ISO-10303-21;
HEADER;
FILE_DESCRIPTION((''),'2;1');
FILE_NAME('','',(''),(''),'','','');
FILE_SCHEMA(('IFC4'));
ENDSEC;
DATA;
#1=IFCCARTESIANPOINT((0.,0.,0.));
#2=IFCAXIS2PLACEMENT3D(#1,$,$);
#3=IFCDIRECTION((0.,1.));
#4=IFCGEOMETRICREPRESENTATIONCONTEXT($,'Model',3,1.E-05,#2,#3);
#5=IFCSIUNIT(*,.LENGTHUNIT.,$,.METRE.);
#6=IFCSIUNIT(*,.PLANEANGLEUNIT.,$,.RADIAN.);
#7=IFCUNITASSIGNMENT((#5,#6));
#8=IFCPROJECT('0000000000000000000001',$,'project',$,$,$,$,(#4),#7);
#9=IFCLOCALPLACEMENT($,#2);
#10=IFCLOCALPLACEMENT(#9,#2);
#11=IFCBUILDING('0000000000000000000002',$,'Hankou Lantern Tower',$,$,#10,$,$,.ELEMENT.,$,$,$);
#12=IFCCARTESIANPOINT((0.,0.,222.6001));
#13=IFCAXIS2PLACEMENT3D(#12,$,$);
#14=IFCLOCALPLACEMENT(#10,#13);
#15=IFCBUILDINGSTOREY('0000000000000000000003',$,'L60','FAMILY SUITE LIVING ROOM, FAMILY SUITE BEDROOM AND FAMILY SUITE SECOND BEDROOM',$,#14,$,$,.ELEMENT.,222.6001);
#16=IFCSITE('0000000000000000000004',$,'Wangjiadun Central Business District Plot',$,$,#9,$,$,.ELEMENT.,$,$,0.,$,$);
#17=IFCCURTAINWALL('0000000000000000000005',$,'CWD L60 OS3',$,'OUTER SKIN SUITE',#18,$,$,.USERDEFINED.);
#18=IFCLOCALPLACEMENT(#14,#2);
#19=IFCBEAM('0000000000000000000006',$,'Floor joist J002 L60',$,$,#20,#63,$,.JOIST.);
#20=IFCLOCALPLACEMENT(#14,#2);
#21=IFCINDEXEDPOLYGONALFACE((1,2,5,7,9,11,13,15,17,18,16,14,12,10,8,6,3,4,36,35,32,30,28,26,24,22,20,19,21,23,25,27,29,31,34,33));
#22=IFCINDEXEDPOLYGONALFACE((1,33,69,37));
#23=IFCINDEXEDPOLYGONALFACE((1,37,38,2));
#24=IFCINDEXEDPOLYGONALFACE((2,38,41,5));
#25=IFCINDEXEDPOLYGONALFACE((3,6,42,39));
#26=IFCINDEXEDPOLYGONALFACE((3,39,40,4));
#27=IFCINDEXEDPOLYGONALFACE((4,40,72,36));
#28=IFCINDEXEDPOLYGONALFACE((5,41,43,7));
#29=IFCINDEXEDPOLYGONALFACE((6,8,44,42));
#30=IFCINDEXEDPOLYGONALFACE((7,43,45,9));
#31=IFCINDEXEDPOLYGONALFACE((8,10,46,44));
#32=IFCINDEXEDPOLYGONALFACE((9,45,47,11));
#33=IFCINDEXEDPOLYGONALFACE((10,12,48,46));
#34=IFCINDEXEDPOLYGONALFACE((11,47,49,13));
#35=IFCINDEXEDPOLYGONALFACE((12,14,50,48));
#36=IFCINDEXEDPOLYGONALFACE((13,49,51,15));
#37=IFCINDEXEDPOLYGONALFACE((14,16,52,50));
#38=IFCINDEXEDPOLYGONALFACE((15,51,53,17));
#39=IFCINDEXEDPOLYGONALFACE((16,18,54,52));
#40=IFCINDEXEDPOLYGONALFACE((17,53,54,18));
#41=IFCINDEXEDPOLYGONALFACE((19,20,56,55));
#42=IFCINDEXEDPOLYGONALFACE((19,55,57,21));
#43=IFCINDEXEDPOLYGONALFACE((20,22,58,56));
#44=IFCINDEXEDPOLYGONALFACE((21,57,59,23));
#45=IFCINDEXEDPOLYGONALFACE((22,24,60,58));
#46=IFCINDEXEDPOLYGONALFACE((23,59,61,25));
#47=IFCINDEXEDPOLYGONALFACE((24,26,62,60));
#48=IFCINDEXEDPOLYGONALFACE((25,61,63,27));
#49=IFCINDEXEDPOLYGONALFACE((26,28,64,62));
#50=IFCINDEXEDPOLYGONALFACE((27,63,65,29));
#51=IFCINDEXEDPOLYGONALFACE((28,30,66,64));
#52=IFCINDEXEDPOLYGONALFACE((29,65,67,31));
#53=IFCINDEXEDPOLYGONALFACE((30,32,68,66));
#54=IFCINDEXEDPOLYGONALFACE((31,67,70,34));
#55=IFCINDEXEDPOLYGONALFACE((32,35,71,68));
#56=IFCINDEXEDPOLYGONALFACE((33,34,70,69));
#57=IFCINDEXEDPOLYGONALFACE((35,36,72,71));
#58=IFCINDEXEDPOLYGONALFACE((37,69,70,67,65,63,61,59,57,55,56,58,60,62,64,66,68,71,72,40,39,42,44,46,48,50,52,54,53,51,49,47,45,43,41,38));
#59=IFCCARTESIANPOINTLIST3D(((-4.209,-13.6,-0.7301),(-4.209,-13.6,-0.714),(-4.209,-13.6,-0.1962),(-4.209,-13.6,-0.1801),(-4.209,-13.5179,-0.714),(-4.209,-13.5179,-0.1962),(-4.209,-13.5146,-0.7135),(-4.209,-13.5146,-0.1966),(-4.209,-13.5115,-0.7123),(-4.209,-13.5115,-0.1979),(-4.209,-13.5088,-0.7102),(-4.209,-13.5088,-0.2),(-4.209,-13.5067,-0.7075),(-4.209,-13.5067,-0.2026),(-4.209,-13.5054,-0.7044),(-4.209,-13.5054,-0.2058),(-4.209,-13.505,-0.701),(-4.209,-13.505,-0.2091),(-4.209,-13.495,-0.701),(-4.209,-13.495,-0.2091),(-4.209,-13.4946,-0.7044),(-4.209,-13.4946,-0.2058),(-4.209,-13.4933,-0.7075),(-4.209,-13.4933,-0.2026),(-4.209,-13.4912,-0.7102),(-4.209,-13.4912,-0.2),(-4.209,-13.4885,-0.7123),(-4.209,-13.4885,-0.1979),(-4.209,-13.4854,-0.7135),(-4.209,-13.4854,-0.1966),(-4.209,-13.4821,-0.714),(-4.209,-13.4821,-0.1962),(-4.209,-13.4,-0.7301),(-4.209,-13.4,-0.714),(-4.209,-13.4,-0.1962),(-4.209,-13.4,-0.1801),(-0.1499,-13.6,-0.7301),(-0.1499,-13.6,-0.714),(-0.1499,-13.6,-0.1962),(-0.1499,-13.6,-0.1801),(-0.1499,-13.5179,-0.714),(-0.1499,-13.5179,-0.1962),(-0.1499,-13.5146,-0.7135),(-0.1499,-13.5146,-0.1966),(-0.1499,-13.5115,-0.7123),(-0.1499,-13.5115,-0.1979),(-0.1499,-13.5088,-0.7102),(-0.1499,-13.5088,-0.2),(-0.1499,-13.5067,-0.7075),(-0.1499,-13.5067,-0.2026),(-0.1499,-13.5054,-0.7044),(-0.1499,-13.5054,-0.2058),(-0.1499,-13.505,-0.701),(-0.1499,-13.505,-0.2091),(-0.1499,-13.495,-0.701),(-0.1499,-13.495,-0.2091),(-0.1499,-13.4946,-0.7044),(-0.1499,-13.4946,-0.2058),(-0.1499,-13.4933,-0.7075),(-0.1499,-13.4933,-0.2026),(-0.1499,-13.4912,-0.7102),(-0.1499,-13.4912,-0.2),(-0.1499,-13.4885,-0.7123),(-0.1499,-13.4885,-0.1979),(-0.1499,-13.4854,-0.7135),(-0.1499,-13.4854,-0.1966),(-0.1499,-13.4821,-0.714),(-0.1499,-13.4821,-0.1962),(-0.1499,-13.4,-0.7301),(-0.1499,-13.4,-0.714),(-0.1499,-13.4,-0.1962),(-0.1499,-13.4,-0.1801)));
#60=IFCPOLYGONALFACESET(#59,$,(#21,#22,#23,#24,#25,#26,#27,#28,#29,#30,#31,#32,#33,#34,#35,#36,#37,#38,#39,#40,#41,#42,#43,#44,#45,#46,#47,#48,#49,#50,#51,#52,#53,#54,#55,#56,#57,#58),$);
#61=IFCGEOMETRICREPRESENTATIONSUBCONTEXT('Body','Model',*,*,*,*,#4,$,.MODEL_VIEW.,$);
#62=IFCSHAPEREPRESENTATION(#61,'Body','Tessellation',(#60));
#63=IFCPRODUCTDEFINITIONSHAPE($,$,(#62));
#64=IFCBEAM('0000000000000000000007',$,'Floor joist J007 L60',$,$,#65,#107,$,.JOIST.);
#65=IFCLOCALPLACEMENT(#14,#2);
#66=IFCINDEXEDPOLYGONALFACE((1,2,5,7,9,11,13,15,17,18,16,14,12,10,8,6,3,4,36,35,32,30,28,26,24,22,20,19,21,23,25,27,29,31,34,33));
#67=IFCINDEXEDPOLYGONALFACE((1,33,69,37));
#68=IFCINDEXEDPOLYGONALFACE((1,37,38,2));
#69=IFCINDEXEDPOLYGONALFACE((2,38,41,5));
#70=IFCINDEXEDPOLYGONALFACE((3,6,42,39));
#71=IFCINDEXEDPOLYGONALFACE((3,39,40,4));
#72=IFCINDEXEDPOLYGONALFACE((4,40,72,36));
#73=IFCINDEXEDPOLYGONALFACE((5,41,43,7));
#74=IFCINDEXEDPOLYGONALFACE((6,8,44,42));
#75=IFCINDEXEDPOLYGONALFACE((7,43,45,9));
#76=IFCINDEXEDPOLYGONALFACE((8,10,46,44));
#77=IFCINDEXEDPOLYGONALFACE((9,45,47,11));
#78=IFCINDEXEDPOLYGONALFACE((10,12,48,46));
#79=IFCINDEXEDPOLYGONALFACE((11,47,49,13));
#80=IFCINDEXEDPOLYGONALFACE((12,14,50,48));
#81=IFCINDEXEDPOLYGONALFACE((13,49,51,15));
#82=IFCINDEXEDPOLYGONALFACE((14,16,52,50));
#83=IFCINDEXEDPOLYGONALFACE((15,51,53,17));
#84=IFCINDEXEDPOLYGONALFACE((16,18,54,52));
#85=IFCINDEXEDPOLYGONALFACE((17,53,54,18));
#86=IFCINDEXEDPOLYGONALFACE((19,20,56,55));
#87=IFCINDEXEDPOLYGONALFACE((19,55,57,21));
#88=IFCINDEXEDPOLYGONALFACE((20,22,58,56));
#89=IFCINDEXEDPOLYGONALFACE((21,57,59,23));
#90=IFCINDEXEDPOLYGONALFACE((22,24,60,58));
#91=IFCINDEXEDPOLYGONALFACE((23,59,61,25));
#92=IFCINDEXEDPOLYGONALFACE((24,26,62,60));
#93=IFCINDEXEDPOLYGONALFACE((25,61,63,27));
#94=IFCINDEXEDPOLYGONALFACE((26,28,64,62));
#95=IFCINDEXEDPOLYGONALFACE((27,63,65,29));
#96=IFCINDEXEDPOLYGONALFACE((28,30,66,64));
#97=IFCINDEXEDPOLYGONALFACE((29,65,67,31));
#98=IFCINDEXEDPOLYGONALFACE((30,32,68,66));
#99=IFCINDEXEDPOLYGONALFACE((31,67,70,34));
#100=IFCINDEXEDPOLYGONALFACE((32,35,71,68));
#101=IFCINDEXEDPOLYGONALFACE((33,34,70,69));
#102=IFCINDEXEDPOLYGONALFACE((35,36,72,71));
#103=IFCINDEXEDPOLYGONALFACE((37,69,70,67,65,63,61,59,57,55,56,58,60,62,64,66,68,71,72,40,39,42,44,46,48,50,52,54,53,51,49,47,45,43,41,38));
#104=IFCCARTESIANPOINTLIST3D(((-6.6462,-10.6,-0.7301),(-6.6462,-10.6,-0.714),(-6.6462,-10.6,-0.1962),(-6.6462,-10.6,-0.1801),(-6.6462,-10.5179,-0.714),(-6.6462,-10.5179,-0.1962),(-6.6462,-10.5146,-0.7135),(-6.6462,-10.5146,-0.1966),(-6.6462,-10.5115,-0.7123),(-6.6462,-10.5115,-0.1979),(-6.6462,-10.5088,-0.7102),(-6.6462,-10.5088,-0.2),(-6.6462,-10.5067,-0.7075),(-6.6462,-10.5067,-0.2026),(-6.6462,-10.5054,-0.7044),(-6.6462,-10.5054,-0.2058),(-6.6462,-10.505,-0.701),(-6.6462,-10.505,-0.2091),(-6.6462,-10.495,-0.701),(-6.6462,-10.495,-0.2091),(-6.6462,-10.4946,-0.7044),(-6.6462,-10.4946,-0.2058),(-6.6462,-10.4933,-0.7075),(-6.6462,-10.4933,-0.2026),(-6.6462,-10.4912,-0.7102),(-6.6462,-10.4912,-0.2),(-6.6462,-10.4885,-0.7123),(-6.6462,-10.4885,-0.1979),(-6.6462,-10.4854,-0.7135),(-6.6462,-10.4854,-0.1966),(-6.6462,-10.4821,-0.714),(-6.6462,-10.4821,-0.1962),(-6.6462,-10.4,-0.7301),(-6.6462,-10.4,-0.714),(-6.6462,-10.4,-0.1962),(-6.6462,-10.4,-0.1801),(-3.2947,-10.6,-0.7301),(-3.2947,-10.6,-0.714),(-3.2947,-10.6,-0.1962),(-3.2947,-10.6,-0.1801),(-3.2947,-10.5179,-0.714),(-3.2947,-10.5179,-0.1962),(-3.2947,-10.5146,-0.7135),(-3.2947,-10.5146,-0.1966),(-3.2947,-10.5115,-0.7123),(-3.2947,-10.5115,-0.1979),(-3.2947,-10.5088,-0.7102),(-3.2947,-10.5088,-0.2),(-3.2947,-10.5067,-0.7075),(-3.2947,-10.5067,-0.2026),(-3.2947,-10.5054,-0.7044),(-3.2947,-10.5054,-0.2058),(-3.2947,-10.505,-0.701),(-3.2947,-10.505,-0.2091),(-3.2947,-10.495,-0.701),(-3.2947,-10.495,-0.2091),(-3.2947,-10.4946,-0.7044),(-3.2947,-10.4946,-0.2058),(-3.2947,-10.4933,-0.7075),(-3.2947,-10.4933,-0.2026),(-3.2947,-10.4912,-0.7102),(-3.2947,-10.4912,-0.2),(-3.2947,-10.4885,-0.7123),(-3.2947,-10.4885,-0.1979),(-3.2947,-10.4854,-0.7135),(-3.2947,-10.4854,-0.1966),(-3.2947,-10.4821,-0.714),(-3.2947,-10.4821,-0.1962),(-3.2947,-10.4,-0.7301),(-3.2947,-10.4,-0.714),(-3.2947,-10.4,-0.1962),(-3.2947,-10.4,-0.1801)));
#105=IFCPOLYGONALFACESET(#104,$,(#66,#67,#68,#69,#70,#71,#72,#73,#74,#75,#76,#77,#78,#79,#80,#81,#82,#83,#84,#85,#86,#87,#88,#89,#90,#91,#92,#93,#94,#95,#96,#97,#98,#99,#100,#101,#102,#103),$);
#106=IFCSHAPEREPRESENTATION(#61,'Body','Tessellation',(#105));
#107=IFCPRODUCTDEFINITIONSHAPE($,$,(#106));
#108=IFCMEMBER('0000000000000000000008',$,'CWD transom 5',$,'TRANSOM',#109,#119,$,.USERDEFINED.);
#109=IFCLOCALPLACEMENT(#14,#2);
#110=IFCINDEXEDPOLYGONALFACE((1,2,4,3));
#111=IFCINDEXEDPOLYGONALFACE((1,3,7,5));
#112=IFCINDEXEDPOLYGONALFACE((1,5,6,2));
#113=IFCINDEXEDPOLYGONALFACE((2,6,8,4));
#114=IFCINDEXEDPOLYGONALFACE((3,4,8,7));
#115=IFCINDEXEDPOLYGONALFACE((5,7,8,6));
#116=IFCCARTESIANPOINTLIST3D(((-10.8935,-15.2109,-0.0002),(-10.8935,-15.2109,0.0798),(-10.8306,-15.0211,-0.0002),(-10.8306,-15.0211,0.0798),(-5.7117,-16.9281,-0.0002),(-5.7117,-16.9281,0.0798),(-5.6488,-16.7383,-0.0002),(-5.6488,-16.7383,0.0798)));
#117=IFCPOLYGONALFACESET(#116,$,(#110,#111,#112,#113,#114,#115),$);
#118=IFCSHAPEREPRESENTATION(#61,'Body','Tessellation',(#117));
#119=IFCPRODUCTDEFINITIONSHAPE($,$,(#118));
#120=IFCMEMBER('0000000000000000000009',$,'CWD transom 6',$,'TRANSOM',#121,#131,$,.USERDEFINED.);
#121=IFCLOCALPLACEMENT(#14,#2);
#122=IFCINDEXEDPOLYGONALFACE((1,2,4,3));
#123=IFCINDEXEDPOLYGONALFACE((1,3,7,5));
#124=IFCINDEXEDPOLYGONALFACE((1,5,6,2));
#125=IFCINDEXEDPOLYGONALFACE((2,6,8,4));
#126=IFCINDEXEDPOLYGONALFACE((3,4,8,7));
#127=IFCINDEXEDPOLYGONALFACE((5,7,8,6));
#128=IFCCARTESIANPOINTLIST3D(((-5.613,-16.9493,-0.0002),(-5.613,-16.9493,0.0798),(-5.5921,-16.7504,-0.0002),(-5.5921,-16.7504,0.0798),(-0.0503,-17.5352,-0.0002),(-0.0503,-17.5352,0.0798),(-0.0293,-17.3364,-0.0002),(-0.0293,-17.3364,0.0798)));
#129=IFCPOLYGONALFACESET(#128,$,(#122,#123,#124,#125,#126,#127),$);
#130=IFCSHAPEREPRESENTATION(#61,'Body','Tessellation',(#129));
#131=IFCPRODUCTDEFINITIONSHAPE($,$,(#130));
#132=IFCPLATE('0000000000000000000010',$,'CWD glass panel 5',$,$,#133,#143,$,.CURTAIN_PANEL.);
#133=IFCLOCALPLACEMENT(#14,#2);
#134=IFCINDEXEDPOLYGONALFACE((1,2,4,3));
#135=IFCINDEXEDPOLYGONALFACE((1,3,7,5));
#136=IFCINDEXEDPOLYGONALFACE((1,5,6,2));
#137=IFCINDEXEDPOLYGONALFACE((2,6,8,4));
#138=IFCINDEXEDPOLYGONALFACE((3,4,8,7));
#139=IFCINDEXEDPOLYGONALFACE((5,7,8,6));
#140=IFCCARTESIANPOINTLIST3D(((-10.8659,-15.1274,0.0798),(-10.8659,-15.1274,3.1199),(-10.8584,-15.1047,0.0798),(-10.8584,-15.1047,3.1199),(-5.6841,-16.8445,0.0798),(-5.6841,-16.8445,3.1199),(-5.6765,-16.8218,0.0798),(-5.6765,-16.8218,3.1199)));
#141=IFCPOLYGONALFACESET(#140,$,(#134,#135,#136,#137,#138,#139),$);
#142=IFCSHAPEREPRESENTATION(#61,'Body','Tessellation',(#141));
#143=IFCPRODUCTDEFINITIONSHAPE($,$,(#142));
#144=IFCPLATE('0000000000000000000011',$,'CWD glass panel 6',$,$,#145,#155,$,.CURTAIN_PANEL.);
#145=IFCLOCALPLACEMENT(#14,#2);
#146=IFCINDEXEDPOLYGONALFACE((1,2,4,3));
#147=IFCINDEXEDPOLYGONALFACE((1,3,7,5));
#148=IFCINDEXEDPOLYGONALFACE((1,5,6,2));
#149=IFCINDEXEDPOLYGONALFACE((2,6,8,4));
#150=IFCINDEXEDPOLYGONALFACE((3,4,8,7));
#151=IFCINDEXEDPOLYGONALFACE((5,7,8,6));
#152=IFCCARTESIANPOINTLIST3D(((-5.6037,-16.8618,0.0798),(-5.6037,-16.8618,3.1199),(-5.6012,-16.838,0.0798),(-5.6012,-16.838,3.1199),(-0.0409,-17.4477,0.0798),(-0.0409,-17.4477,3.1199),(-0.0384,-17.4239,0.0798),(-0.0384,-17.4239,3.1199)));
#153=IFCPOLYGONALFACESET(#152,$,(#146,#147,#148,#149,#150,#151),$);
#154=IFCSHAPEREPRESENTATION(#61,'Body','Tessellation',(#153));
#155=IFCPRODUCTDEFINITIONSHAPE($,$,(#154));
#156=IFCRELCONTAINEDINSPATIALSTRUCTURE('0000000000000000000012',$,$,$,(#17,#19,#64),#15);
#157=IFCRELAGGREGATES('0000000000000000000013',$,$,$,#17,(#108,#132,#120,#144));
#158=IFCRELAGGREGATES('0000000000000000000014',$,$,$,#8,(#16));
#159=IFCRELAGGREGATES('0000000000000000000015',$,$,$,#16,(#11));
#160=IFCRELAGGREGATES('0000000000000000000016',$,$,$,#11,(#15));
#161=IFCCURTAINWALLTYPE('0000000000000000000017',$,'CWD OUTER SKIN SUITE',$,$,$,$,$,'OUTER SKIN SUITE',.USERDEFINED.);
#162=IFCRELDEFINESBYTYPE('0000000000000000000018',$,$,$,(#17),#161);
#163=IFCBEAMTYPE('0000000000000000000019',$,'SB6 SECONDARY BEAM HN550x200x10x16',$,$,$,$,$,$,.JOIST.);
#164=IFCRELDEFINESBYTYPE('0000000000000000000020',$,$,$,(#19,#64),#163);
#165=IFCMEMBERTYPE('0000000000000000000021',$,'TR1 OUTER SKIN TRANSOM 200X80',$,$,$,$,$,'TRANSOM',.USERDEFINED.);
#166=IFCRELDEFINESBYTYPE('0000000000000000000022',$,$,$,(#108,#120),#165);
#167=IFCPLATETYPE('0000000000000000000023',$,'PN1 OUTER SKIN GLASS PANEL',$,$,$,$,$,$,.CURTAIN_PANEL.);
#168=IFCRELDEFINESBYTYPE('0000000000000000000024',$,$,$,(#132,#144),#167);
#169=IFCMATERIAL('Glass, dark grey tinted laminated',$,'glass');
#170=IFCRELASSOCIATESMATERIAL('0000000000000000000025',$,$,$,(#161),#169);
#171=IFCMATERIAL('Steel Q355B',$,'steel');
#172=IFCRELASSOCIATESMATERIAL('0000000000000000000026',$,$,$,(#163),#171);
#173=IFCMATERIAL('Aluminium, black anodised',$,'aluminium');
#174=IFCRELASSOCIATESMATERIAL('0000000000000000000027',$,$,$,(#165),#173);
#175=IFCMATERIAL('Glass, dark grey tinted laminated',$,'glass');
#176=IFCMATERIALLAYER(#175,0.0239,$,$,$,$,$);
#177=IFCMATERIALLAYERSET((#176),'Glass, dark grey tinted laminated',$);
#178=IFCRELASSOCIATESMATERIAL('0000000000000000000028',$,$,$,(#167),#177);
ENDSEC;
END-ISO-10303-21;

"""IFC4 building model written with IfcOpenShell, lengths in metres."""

from ifc_helpers import new_model, si_unit, direction, frame, origin, origin_2d, place, context, subcontext, project, spatial, rectangle, i_section, extrude, material, layer, layer_set, material_profile, profile_set, type_object, element, aggregate, save


model = new_model("IFC4")

# Units and contexts
model_context = context("Model", 3, precision=1e-05, world=origin(), true_north=direction((0.0, 1.0)))
body_context = subcontext(model_context, "Body", "Model", "MODEL_VIEW")
ifc_project = project(units=[si_unit("LENGTHUNIT", "METRE"), si_unit("PLANEANGLEUNIT", "RADIAN")], contexts=[model_context])

# Site, building, storey
site_placement = place(None, origin())
site = spatial("IfcSite", under=ifc_project, at=site_placement, Name="Wangjiadun Central Business District Plot", CompositionType="ELEMENT", RefElevation=0.0)
building_placement = place(site_placement, origin())
building = spatial("IfcBuilding", under=site, at=building_placement, Name="Hankou Lantern Tower", CompositionType="ELEMENT")
storey_placement = place(building_placement, frame((0.0, 0.0, 222.6001)))
storey = spatial("IfcBuildingStorey", under=building, at=storey_placement, Name="L60", Description="FAMILY SUITE LIVING ROOM, FAMILY SUITE BEDROOM AND FAMILY SUITE SECOND BEDROOM", CompositionType="ELEMENT", Elevation=222.6001)

# Curtain wall
ifc_material_1 = material(Name="Glass, dark grey tinted laminated", Category="glass")
curtain_wall_type = type_object("IfcCurtainWallType", Name="CWD OUTER SKIN SUITE", ElementType="OUTER SKIN SUITE", PredefinedType="USERDEFINED", material=ifc_material_1)
curtain_wall_placement = place(storey_placement, origin())
curtain_wall = element("IfcCurtainWall", 1, at=curtain_wall_placement, inside=storey, type_object=curtain_wall_type, Name="CWD L60 OS3", ObjectType="OUTER SKIN SUITE", PredefinedType="USERDEFINED")

# Beams
ifc_material_2 = material(Name="Steel Q355B", Category="steel")
ifc_material_profile_1 = material_profile(ifc_material_2, i_section(OverallWidth=0.2, OverallDepth=0.55, WebThickness=0.01, FlangeThickness=0.0161, FilletRadius=0.0129, at=origin_2d()), Name="HN550x200x10x16")
ifc_profile_set_1 = profile_set([ifc_material_profile_1], Name="Steel Q355B")
beam_type_1 = type_object("IfcBeamType", Name="SB6 SECONDARY BEAM HN550x200x10x16", PredefinedType="JOIST", material=ifc_profile_set_1)
beam_1_placement = place(storey_placement, frame((-4.209, -13.5, -0.4551), z_axis=(1.0, 0.0, 0.0), x_axis=(0.0, 1.0, 0.0)))
element("IfcBeam", 2, at=beam_1_placement, inside=storey, type_object=beam_type_1, Name="Floor joist J002 L60", PredefinedType="JOIST", context=body_context, shape_type="SweptSolid", body=[
    extrude(i_section(OverallWidth=0.2, OverallDepth=0.55, WebThickness=0.01, FlangeThickness=0.0161, FilletRadius=0.0129, at=origin_2d()), origin(), (0.0, 0.0, 1.0), 4.0591),
])
beam_2_placement = place(storey_placement, frame((-6.6462, -10.5, -0.4551), z_axis=(1.0, 0.0, 0.0), x_axis=(0.0, 1.0, 0.0)))
element("IfcBeam", 3, at=beam_2_placement, inside=storey, type_object=beam_type_1, Name="Floor joist J007 L60", PredefinedType="JOIST", context=body_context, shape_type="SweptSolid", body=[
    extrude(i_section(OverallWidth=0.2, OverallDepth=0.55, WebThickness=0.01, FlangeThickness=0.0161, FilletRadius=0.0129, at=origin_2d()), origin(), (0.0, 0.0, 1.0), 3.3516),
])

# Members
ifc_material_3 = material(Name="Aluminium, black anodised", Category="aluminium")
ifc_material_profile_2 = material_profile(ifc_material_3, rectangle(XDim=0.2, YDim=0.0801, at=origin_2d()), Name="TR1 200X80")
ifc_profile_set_2 = profile_set([ifc_material_profile_2], Name="Aluminium, black anodised")
member_type_1 = type_object("IfcMemberType", Name="TR1 OUTER SKIN TRANSOM 200X80", ElementType="TRANSOM", PredefinedType="USERDEFINED", material=ifc_profile_set_2)
member_1_placement = place(storey_placement, frame((-10.8621, -15.116, 0.0398), z_axis=(0.949232, -0.314577, 0.0), x_axis=(0.314577, 0.949232, 0.0)))
member_1 = element("IfcMember", 4, at=member_1_placement, type_object=member_type_1, Name="CWD transom 5", ObjectType="TRANSOM", PredefinedType="USERDEFINED", context=body_context, shape_type="SweptSolid", body=[
    extrude(rectangle(XDim=0.2, YDim=0.0801, at=origin_2d()), origin(), (0.0, 0.0, 1.0), 5.459),
])
member_2_placement = place(storey_placement, frame((-5.6025, -16.8499, 0.0398), z_axis=(0.994498, -0.104753, 0.0), x_axis=(0.104753, 0.994498, 0.0)))
member_2 = element("IfcMember", 5, at=member_2_placement, type_object=member_type_1, Name="CWD transom 6", ObjectType="TRANSOM", PredefinedType="USERDEFINED", context=body_context, shape_type="SweptSolid", body=[
    extrude(rectangle(XDim=0.2, YDim=0.0801, at=origin_2d()), origin(), (0.0, 0.0, 1.0), 5.5935),
])

# Plates
ifc_material_4 = material(Name="Glass, dark grey tinted laminated", Category="glass")
ifc_layer_1 = layer(ifc_material_4, 0.0239)
ifc_layer_set_1 = layer_set([ifc_layer_1], Name="Glass, dark grey tinted laminated")
plate_type = type_object("IfcPlateType", Name="PN1 OUTER SKIN GLASS PANEL", PredefinedType="CURTAIN_PANEL", material=ifc_layer_set_1)
plate_1_placement = place(storey_placement, frame((-8.2712, -15.9746, 0.0798), z_axis=(0.0, 0.0, 1.0), x_axis=(0.949241, -0.314551, 0.0)))
plate_1 = element("IfcPlate", 6, at=plate_1_placement, type_object=plate_type, Name="CWD glass panel 5", PredefinedType="CURTAIN_PANEL", context=body_context, shape_type="SweptSolid", body=[
    extrude(rectangle(XDim=5.459, YDim=0.0239, at=origin_2d()), origin(), (0.0, 0.0, 1.0), 3.04),
])
plate_2_placement = place(storey_placement, frame((-2.821, -17.1428, 0.0798), z_axis=(0.0, 0.0, 1.0), x_axis=(0.994499, -0.104743, 0.0)))
plate_2 = element("IfcPlate", 7, at=plate_2_placement, type_object=plate_type, Name="CWD glass panel 6", PredefinedType="CURTAIN_PANEL", context=body_context, shape_type="SweptSolid", body=[
    extrude(rectangle(XDim=5.5935, YDim=0.0239, at=origin_2d()), origin(), (0.0, 0.0, 1.0), 3.04),
])
aggregate(curtain_wall, [member_1, plate_1, member_2, plate_2])

save(model, "model.ifc")
